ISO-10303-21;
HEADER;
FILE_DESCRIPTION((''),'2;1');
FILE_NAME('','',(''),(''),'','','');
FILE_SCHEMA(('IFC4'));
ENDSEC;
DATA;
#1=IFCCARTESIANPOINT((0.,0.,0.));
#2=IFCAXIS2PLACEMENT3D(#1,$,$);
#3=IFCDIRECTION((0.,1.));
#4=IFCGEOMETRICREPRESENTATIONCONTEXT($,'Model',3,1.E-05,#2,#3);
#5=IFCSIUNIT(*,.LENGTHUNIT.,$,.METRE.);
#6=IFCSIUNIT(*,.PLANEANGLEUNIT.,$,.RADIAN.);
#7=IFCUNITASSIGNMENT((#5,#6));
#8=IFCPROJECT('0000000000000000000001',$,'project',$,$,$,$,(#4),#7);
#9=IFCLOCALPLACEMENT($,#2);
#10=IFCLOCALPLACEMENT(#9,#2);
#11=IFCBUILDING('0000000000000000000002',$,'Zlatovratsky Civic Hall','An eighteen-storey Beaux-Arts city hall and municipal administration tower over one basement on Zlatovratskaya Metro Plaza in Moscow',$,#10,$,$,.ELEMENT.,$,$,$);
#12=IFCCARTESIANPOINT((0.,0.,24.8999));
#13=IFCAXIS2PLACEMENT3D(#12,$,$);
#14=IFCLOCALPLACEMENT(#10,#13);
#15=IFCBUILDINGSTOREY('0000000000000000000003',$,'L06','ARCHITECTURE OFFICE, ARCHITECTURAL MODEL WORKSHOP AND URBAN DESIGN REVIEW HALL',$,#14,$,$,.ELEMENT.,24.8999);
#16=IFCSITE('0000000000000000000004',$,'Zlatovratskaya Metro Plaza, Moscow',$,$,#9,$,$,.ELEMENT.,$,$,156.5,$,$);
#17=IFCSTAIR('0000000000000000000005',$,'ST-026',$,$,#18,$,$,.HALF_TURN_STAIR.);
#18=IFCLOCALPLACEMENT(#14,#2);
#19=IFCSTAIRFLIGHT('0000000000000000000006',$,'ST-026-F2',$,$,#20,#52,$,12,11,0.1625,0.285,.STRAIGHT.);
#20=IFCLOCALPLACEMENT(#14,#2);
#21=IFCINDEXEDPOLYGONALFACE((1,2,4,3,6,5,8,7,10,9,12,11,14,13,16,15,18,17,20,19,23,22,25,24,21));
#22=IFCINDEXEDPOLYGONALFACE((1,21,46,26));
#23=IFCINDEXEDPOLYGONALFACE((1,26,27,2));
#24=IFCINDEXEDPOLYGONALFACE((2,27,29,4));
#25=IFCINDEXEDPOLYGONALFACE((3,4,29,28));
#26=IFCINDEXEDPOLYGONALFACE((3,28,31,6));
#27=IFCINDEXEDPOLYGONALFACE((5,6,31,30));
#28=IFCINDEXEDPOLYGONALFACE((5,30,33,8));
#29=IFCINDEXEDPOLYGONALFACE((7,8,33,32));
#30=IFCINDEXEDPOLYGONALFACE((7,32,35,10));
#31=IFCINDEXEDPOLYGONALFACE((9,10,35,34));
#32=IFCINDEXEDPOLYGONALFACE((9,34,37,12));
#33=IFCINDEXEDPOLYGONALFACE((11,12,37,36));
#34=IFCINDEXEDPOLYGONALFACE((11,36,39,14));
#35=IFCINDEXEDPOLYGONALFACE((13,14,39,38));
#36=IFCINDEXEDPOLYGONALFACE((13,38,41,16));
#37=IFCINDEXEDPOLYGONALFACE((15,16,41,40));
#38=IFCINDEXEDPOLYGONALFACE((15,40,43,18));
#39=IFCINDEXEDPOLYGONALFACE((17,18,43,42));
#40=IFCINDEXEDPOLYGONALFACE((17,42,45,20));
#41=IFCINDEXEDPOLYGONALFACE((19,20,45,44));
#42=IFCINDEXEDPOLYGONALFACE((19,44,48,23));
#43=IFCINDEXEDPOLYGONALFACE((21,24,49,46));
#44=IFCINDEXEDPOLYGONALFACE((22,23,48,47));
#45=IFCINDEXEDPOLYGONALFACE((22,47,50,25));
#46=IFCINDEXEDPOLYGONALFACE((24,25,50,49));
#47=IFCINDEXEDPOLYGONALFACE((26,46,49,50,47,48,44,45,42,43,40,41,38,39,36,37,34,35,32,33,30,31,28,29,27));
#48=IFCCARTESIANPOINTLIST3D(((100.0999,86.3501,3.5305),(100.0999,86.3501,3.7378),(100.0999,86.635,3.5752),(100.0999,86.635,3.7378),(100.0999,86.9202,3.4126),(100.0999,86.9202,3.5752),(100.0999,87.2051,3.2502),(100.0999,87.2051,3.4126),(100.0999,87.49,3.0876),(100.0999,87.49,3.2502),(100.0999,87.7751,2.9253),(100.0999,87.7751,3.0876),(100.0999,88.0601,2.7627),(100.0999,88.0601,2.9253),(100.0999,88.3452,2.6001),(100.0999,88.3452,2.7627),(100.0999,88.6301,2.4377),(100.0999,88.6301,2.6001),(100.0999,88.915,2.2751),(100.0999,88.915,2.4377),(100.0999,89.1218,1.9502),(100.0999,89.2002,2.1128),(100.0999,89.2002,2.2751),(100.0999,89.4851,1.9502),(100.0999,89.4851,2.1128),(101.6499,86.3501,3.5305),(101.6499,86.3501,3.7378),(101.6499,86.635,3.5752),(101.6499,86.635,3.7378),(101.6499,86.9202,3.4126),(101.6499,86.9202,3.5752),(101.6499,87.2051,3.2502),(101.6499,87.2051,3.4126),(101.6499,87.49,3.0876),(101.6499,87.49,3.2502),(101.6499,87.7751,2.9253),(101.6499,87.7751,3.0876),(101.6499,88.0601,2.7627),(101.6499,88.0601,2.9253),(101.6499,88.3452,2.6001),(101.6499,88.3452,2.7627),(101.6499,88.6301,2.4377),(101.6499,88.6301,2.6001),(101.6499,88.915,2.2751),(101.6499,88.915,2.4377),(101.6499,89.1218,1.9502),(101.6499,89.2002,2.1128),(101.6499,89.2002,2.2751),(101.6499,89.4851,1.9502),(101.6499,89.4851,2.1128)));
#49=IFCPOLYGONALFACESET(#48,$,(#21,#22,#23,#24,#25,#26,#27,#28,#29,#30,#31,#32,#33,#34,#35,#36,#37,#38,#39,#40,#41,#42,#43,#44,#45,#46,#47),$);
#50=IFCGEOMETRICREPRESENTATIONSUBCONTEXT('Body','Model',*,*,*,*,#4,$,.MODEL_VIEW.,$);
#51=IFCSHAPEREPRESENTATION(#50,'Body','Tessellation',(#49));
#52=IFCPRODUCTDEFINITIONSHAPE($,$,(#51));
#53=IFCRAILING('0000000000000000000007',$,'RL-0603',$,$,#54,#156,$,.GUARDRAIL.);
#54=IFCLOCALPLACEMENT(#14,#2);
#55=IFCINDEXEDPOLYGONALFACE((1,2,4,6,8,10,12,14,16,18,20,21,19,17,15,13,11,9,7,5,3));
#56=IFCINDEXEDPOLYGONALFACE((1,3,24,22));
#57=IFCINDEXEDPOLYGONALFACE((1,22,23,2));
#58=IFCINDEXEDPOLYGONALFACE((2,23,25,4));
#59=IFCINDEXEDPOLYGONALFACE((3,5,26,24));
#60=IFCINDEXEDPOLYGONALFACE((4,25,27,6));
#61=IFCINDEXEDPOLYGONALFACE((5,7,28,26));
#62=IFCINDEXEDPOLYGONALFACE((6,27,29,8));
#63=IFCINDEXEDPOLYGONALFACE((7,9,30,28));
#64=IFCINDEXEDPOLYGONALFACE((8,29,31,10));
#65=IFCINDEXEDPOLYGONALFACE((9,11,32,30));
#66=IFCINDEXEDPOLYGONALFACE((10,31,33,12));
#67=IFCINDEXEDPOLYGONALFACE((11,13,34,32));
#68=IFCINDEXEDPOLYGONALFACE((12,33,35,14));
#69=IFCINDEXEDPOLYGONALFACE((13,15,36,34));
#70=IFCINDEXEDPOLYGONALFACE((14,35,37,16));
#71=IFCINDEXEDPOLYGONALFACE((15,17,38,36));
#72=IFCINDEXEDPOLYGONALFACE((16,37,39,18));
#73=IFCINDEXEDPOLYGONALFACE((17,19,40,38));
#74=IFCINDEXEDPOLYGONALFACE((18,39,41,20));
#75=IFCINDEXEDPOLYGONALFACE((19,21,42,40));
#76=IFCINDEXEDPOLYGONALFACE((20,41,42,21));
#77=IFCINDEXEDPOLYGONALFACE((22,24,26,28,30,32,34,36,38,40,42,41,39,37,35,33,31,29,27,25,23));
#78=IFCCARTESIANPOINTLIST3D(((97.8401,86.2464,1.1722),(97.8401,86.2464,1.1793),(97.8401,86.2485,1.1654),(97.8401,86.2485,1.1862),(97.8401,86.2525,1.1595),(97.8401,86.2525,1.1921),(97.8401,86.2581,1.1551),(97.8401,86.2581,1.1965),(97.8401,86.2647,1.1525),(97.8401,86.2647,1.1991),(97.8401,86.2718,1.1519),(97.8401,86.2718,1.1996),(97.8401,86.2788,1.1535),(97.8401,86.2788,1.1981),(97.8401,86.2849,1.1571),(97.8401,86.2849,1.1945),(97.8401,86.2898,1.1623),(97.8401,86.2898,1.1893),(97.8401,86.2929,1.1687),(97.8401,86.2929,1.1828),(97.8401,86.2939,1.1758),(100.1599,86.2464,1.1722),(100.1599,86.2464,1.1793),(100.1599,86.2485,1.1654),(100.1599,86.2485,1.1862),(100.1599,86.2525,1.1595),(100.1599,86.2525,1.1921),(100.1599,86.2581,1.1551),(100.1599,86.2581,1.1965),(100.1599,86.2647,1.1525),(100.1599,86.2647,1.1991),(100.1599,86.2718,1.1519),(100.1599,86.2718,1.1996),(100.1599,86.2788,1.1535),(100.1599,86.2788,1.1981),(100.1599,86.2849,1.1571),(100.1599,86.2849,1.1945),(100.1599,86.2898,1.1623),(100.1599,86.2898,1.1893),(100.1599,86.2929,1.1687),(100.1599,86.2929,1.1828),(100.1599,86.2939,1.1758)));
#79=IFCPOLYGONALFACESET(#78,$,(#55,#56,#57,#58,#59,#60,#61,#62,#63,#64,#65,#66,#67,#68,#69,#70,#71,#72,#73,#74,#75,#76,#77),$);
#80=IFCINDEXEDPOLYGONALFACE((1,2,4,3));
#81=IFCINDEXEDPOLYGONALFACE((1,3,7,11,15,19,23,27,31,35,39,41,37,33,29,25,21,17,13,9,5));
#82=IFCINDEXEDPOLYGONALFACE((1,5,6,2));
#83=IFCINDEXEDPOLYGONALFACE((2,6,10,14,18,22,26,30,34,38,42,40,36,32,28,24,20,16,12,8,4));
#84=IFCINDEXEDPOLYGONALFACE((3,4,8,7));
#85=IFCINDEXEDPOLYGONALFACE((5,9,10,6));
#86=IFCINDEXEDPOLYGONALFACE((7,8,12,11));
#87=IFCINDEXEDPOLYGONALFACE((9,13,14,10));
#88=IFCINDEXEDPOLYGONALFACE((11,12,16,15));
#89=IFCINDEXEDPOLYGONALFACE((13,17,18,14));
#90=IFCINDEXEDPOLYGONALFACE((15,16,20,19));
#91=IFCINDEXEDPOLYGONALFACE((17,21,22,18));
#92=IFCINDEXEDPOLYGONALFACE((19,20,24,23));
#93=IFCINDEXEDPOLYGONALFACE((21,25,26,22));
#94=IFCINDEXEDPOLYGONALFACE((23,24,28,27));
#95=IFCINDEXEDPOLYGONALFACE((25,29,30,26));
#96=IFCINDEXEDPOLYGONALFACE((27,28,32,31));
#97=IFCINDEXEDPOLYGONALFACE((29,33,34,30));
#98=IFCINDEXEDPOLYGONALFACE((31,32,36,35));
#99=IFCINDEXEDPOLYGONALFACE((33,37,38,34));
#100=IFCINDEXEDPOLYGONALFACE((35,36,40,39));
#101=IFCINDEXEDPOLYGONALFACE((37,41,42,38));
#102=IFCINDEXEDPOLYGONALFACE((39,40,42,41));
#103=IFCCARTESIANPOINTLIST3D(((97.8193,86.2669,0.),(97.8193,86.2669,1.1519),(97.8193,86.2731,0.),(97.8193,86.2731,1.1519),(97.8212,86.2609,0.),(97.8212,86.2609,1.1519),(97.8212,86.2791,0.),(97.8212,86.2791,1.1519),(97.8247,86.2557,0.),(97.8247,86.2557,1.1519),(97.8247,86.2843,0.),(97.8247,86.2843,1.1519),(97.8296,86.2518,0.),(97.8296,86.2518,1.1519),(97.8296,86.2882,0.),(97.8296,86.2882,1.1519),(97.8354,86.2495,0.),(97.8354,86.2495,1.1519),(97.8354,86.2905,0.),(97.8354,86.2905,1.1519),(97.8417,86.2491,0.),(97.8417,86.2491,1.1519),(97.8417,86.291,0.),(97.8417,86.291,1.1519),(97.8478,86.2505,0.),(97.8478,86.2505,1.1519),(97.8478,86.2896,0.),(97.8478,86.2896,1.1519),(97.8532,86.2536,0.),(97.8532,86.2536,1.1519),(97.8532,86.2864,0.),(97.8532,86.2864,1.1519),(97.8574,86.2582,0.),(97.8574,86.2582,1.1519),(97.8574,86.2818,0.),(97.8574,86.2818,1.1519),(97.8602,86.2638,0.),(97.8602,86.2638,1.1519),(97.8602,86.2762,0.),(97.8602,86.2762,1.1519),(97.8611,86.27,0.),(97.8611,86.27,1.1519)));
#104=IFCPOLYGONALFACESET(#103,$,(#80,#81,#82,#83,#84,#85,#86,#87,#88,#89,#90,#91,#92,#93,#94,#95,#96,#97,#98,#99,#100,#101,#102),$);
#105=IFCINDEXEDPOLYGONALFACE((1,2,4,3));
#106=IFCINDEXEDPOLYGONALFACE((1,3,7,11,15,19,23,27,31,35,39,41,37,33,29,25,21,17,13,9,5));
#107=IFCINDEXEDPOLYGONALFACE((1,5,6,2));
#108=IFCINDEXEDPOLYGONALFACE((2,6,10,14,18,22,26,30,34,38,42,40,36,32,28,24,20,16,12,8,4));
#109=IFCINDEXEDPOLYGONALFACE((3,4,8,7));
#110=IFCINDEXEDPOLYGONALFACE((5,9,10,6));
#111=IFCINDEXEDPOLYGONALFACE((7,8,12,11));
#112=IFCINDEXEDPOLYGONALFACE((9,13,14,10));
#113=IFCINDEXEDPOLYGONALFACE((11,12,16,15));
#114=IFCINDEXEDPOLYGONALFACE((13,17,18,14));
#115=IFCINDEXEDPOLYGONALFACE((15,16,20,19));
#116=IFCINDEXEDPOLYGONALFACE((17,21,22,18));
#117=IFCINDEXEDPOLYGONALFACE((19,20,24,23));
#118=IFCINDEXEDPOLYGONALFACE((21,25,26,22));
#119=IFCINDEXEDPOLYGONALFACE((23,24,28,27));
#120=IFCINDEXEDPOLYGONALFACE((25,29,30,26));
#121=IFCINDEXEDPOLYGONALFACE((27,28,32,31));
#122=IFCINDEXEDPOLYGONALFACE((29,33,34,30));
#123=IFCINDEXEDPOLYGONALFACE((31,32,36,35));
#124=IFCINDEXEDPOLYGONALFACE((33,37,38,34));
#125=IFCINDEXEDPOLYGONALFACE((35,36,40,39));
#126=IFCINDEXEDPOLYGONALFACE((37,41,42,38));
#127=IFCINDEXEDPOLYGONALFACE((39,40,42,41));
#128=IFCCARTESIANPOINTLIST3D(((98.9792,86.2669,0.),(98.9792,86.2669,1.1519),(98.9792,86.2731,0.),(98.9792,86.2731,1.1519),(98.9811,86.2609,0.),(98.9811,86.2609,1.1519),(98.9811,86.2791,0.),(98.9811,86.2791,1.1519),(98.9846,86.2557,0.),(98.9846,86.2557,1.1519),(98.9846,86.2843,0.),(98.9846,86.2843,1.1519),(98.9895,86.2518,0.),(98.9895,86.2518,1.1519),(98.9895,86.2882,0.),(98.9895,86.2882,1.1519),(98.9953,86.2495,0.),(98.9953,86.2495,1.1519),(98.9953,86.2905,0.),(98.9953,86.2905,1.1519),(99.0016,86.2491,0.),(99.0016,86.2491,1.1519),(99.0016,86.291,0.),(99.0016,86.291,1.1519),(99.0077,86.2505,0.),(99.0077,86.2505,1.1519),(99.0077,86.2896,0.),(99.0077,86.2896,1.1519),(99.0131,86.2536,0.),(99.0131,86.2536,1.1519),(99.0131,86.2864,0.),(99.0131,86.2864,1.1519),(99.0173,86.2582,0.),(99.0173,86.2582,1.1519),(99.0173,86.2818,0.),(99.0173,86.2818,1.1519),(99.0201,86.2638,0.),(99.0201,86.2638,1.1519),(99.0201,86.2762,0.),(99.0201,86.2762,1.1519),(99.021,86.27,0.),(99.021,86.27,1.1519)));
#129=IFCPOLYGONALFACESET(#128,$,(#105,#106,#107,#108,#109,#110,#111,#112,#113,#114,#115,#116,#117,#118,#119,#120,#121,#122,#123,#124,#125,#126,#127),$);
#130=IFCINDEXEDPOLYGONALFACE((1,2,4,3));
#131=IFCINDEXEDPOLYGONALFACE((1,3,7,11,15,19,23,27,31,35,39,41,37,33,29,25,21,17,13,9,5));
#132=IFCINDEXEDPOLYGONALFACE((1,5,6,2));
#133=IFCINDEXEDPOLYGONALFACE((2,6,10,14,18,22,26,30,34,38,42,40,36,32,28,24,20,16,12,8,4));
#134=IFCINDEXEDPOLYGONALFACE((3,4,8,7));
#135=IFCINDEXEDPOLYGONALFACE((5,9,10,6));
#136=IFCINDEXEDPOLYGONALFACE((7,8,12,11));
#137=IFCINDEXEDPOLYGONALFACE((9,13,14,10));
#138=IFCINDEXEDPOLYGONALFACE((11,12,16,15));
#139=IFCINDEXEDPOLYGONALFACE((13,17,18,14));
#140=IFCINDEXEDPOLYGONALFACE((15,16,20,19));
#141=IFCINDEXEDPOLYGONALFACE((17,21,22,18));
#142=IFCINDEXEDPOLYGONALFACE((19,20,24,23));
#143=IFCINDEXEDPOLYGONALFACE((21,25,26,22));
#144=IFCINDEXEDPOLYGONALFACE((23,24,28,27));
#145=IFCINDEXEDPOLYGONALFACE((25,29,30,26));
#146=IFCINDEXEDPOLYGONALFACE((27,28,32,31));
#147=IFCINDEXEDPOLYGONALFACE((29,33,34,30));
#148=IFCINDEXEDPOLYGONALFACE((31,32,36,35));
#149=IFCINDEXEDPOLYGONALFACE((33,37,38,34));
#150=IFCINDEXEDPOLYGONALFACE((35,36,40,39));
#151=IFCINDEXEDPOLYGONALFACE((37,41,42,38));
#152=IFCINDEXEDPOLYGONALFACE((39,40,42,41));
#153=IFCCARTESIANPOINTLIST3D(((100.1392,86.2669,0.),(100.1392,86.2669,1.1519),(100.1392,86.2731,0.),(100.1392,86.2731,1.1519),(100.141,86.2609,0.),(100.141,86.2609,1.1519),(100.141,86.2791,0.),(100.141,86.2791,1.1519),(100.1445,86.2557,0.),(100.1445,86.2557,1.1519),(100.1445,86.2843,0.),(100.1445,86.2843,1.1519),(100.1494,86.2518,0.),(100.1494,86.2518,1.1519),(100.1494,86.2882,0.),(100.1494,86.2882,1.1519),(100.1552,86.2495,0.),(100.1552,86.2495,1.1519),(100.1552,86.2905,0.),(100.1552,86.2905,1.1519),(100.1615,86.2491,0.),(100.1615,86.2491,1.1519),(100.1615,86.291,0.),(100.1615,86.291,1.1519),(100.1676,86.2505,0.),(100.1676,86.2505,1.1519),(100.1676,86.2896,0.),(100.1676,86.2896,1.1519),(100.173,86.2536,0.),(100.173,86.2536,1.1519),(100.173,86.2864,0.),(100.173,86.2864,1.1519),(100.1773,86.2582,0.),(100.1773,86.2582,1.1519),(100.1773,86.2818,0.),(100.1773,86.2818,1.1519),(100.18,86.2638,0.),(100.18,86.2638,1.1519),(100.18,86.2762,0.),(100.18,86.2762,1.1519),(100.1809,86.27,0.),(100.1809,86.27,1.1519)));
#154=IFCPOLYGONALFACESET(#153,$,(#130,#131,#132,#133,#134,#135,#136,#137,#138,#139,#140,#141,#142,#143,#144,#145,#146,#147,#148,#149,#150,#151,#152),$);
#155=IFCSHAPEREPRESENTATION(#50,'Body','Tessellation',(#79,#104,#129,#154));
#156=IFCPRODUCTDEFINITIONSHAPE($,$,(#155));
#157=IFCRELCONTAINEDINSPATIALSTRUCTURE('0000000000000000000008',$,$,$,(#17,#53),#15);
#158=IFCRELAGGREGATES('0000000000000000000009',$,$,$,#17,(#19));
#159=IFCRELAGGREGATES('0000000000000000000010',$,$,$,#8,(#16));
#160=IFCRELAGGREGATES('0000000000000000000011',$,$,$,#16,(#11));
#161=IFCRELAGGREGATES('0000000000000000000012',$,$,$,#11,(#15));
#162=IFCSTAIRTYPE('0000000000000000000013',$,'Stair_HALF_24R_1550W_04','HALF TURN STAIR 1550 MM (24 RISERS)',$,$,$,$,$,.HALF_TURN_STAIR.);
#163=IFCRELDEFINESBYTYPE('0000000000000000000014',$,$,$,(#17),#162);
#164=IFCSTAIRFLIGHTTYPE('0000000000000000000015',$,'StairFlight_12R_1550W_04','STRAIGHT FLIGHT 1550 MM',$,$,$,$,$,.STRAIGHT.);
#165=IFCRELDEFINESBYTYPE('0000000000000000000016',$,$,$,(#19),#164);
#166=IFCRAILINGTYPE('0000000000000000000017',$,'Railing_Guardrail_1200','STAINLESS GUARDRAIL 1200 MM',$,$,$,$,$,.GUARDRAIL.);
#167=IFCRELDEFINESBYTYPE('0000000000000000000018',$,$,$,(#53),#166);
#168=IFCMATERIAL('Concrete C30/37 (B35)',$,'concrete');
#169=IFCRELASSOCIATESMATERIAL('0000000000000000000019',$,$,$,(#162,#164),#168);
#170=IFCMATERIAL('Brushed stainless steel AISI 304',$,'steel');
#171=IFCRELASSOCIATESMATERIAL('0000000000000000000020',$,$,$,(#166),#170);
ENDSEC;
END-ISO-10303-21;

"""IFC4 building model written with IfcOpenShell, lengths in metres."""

from ifc_helpers import new_model, si_unit, direction, frame, origin, origin_2d, place, context, subcontext, project, spatial, polyline, circle, outline, extrude, material, type_object, element, aggregate, save


model = new_model("IFC4")

# Units and contexts
model_context = context("Model", 3, precision=1e-05, world=origin(), true_north=direction((0.0, 1.0)))
body_context = subcontext(model_context, "Body", "Model", "MODEL_VIEW")
ifc_project = project(units=[si_unit("LENGTHUNIT", "METRE"), si_unit("PLANEANGLEUNIT", "RADIAN")], contexts=[model_context])

# Site, building, storey
site_placement = place(None, origin())
site = spatial("IfcSite", under=ifc_project, at=site_placement, Name="Zlatovratskaya Metro Plaza, Moscow", CompositionType="ELEMENT", RefElevation=156.5)
building_placement = place(site_placement, origin())
building = spatial("IfcBuilding", under=site, at=building_placement, Name="Zlatovratsky Civic Hall", Description="An eighteen-storey Beaux-Arts city hall and municipal administration tower over one basement on Zlatovratskaya Metro Plaza in Moscow", CompositionType="ELEMENT")
storey_placement = place(building_placement, frame((0.0, 0.0, 24.8999)))
storey = spatial("IfcBuildingStorey", under=building, at=storey_placement, Name="L06", Description="ARCHITECTURE OFFICE, ARCHITECTURAL MODEL WORKSHOP AND URBAN DESIGN REVIEW HALL", CompositionType="ELEMENT", Elevation=24.8999)

# Stair, stair flight
ifc_material_1 = material(Name="Concrete C30/37 (B35)", Category="concrete")
stair_type = type_object("IfcStairType", Name="Stair_HALF_24R_1550W_04", Description="HALF TURN STAIR 1550 MM (24 RISERS)", PredefinedType="HALF_TURN_STAIR", material=ifc_material_1)
stair_placement = place(storey_placement, origin())
stair = element("IfcStair", 1, at=stair_placement, inside=storey, type_object=stair_type, Name="ST-026", PredefinedType="HALF_TURN_STAIR")
stair_flight_type = type_object("IfcStairFlightType", Name="StairFlight_12R_1550W_04", Description="STRAIGHT FLIGHT 1550 MM", PredefinedType="STRAIGHT", material=ifc_material_1)
stair_flight_1_placement = place(storey_placement, frame((100.875, 89.4851, 1.9502), z_axis=(0.0, 0.0, 1.0), x_axis=(0.0, -1.0, 0.0)))
stair_flight_1 = element("IfcStairFlight", 2, at=stair_flight_1_placement, type_object=stair_flight_type, Name="ST-026-F2", NumberOfRisers=12, NumberOfTreads=11, PredefinedType="STRAIGHT", RiserHeight=0.1625, TreadLength=0.285, context=body_context, shape_type="SweptSolid", body=[
    extrude(outline(polyline([(0.0, 0.0), (0.0, 0.1626), (0.2849, 0.1626), (0.2849, 0.325), (0.5701, 0.325), (0.5701, 0.4875), (0.855, 0.4875), (0.855, 0.6499), (1.1399, 0.6499), (1.1399, 0.8125), (1.425, 0.8125), (1.425, 0.9751), (1.71, 0.9751), (1.71, 1.1375), (1.9951, 1.1375), (1.9951, 1.3), (2.28, 1.3), (2.28, 1.4624), (2.5649, 1.4624), (2.5649, 1.625), (2.8501, 1.625), (2.8501, 1.7876), (3.135, 1.7876), (3.135, 1.95), (3.135, 1.5803), (0.3633, 0.0), (0.0, 0.0)])), frame((0.0, 0.7749, 0.0), z_axis=(0.0, -1.0, 0.0), x_axis=(1.0, 0.0, 0.0)), (0.0, 0.0, 1.0), 1.55),
])
aggregate(stair, [stair_flight_1])

# Railing
ifc_material_2 = material(Name="Brushed stainless steel AISI 304", Category="steel")
railing_type_1 = type_object("IfcRailingType", Name="Railing_Guardrail_1200", Description="STAINLESS GUARDRAIL 1200 MM", PredefinedType="GUARDRAIL", material=ifc_material_2)
railing_1_placement = place(storey_placement, frame((97.8401, 86.27, 0.0)))
element("IfcRailing", 3, at=railing_1_placement, inside=storey, type_object=railing_type_1, Name="RL-0603", PredefinedType="GUARDRAIL", context=body_context, shape_type="SweptSolid", body=[
    extrude(circle(Radius=0.0239, at=origin_2d()), frame((0.0, 0.0, 1.1758), z_axis=(1.0, 0.0, 0.0), x_axis=(0.0, 1.0, 0.0)), (0.0, 0.0, 1.0), 2.3198),
    extrude(circle(Radius=0.021, at=origin_2d()), origin(), (0.0, 0.0, 1.0), 1.1519),
    extrude(circle(Radius=0.021, at=origin_2d()), frame((1.1599, 0.0, 0.0)), (0.0, 0.0, 1.0), 1.1519),
    extrude(circle(Radius=0.021, at=origin_2d()), frame((2.3198, 0.0, 0.0)), (0.0, 0.0, 1.0), 1.1519),
])

save(model, "model.ifc")
